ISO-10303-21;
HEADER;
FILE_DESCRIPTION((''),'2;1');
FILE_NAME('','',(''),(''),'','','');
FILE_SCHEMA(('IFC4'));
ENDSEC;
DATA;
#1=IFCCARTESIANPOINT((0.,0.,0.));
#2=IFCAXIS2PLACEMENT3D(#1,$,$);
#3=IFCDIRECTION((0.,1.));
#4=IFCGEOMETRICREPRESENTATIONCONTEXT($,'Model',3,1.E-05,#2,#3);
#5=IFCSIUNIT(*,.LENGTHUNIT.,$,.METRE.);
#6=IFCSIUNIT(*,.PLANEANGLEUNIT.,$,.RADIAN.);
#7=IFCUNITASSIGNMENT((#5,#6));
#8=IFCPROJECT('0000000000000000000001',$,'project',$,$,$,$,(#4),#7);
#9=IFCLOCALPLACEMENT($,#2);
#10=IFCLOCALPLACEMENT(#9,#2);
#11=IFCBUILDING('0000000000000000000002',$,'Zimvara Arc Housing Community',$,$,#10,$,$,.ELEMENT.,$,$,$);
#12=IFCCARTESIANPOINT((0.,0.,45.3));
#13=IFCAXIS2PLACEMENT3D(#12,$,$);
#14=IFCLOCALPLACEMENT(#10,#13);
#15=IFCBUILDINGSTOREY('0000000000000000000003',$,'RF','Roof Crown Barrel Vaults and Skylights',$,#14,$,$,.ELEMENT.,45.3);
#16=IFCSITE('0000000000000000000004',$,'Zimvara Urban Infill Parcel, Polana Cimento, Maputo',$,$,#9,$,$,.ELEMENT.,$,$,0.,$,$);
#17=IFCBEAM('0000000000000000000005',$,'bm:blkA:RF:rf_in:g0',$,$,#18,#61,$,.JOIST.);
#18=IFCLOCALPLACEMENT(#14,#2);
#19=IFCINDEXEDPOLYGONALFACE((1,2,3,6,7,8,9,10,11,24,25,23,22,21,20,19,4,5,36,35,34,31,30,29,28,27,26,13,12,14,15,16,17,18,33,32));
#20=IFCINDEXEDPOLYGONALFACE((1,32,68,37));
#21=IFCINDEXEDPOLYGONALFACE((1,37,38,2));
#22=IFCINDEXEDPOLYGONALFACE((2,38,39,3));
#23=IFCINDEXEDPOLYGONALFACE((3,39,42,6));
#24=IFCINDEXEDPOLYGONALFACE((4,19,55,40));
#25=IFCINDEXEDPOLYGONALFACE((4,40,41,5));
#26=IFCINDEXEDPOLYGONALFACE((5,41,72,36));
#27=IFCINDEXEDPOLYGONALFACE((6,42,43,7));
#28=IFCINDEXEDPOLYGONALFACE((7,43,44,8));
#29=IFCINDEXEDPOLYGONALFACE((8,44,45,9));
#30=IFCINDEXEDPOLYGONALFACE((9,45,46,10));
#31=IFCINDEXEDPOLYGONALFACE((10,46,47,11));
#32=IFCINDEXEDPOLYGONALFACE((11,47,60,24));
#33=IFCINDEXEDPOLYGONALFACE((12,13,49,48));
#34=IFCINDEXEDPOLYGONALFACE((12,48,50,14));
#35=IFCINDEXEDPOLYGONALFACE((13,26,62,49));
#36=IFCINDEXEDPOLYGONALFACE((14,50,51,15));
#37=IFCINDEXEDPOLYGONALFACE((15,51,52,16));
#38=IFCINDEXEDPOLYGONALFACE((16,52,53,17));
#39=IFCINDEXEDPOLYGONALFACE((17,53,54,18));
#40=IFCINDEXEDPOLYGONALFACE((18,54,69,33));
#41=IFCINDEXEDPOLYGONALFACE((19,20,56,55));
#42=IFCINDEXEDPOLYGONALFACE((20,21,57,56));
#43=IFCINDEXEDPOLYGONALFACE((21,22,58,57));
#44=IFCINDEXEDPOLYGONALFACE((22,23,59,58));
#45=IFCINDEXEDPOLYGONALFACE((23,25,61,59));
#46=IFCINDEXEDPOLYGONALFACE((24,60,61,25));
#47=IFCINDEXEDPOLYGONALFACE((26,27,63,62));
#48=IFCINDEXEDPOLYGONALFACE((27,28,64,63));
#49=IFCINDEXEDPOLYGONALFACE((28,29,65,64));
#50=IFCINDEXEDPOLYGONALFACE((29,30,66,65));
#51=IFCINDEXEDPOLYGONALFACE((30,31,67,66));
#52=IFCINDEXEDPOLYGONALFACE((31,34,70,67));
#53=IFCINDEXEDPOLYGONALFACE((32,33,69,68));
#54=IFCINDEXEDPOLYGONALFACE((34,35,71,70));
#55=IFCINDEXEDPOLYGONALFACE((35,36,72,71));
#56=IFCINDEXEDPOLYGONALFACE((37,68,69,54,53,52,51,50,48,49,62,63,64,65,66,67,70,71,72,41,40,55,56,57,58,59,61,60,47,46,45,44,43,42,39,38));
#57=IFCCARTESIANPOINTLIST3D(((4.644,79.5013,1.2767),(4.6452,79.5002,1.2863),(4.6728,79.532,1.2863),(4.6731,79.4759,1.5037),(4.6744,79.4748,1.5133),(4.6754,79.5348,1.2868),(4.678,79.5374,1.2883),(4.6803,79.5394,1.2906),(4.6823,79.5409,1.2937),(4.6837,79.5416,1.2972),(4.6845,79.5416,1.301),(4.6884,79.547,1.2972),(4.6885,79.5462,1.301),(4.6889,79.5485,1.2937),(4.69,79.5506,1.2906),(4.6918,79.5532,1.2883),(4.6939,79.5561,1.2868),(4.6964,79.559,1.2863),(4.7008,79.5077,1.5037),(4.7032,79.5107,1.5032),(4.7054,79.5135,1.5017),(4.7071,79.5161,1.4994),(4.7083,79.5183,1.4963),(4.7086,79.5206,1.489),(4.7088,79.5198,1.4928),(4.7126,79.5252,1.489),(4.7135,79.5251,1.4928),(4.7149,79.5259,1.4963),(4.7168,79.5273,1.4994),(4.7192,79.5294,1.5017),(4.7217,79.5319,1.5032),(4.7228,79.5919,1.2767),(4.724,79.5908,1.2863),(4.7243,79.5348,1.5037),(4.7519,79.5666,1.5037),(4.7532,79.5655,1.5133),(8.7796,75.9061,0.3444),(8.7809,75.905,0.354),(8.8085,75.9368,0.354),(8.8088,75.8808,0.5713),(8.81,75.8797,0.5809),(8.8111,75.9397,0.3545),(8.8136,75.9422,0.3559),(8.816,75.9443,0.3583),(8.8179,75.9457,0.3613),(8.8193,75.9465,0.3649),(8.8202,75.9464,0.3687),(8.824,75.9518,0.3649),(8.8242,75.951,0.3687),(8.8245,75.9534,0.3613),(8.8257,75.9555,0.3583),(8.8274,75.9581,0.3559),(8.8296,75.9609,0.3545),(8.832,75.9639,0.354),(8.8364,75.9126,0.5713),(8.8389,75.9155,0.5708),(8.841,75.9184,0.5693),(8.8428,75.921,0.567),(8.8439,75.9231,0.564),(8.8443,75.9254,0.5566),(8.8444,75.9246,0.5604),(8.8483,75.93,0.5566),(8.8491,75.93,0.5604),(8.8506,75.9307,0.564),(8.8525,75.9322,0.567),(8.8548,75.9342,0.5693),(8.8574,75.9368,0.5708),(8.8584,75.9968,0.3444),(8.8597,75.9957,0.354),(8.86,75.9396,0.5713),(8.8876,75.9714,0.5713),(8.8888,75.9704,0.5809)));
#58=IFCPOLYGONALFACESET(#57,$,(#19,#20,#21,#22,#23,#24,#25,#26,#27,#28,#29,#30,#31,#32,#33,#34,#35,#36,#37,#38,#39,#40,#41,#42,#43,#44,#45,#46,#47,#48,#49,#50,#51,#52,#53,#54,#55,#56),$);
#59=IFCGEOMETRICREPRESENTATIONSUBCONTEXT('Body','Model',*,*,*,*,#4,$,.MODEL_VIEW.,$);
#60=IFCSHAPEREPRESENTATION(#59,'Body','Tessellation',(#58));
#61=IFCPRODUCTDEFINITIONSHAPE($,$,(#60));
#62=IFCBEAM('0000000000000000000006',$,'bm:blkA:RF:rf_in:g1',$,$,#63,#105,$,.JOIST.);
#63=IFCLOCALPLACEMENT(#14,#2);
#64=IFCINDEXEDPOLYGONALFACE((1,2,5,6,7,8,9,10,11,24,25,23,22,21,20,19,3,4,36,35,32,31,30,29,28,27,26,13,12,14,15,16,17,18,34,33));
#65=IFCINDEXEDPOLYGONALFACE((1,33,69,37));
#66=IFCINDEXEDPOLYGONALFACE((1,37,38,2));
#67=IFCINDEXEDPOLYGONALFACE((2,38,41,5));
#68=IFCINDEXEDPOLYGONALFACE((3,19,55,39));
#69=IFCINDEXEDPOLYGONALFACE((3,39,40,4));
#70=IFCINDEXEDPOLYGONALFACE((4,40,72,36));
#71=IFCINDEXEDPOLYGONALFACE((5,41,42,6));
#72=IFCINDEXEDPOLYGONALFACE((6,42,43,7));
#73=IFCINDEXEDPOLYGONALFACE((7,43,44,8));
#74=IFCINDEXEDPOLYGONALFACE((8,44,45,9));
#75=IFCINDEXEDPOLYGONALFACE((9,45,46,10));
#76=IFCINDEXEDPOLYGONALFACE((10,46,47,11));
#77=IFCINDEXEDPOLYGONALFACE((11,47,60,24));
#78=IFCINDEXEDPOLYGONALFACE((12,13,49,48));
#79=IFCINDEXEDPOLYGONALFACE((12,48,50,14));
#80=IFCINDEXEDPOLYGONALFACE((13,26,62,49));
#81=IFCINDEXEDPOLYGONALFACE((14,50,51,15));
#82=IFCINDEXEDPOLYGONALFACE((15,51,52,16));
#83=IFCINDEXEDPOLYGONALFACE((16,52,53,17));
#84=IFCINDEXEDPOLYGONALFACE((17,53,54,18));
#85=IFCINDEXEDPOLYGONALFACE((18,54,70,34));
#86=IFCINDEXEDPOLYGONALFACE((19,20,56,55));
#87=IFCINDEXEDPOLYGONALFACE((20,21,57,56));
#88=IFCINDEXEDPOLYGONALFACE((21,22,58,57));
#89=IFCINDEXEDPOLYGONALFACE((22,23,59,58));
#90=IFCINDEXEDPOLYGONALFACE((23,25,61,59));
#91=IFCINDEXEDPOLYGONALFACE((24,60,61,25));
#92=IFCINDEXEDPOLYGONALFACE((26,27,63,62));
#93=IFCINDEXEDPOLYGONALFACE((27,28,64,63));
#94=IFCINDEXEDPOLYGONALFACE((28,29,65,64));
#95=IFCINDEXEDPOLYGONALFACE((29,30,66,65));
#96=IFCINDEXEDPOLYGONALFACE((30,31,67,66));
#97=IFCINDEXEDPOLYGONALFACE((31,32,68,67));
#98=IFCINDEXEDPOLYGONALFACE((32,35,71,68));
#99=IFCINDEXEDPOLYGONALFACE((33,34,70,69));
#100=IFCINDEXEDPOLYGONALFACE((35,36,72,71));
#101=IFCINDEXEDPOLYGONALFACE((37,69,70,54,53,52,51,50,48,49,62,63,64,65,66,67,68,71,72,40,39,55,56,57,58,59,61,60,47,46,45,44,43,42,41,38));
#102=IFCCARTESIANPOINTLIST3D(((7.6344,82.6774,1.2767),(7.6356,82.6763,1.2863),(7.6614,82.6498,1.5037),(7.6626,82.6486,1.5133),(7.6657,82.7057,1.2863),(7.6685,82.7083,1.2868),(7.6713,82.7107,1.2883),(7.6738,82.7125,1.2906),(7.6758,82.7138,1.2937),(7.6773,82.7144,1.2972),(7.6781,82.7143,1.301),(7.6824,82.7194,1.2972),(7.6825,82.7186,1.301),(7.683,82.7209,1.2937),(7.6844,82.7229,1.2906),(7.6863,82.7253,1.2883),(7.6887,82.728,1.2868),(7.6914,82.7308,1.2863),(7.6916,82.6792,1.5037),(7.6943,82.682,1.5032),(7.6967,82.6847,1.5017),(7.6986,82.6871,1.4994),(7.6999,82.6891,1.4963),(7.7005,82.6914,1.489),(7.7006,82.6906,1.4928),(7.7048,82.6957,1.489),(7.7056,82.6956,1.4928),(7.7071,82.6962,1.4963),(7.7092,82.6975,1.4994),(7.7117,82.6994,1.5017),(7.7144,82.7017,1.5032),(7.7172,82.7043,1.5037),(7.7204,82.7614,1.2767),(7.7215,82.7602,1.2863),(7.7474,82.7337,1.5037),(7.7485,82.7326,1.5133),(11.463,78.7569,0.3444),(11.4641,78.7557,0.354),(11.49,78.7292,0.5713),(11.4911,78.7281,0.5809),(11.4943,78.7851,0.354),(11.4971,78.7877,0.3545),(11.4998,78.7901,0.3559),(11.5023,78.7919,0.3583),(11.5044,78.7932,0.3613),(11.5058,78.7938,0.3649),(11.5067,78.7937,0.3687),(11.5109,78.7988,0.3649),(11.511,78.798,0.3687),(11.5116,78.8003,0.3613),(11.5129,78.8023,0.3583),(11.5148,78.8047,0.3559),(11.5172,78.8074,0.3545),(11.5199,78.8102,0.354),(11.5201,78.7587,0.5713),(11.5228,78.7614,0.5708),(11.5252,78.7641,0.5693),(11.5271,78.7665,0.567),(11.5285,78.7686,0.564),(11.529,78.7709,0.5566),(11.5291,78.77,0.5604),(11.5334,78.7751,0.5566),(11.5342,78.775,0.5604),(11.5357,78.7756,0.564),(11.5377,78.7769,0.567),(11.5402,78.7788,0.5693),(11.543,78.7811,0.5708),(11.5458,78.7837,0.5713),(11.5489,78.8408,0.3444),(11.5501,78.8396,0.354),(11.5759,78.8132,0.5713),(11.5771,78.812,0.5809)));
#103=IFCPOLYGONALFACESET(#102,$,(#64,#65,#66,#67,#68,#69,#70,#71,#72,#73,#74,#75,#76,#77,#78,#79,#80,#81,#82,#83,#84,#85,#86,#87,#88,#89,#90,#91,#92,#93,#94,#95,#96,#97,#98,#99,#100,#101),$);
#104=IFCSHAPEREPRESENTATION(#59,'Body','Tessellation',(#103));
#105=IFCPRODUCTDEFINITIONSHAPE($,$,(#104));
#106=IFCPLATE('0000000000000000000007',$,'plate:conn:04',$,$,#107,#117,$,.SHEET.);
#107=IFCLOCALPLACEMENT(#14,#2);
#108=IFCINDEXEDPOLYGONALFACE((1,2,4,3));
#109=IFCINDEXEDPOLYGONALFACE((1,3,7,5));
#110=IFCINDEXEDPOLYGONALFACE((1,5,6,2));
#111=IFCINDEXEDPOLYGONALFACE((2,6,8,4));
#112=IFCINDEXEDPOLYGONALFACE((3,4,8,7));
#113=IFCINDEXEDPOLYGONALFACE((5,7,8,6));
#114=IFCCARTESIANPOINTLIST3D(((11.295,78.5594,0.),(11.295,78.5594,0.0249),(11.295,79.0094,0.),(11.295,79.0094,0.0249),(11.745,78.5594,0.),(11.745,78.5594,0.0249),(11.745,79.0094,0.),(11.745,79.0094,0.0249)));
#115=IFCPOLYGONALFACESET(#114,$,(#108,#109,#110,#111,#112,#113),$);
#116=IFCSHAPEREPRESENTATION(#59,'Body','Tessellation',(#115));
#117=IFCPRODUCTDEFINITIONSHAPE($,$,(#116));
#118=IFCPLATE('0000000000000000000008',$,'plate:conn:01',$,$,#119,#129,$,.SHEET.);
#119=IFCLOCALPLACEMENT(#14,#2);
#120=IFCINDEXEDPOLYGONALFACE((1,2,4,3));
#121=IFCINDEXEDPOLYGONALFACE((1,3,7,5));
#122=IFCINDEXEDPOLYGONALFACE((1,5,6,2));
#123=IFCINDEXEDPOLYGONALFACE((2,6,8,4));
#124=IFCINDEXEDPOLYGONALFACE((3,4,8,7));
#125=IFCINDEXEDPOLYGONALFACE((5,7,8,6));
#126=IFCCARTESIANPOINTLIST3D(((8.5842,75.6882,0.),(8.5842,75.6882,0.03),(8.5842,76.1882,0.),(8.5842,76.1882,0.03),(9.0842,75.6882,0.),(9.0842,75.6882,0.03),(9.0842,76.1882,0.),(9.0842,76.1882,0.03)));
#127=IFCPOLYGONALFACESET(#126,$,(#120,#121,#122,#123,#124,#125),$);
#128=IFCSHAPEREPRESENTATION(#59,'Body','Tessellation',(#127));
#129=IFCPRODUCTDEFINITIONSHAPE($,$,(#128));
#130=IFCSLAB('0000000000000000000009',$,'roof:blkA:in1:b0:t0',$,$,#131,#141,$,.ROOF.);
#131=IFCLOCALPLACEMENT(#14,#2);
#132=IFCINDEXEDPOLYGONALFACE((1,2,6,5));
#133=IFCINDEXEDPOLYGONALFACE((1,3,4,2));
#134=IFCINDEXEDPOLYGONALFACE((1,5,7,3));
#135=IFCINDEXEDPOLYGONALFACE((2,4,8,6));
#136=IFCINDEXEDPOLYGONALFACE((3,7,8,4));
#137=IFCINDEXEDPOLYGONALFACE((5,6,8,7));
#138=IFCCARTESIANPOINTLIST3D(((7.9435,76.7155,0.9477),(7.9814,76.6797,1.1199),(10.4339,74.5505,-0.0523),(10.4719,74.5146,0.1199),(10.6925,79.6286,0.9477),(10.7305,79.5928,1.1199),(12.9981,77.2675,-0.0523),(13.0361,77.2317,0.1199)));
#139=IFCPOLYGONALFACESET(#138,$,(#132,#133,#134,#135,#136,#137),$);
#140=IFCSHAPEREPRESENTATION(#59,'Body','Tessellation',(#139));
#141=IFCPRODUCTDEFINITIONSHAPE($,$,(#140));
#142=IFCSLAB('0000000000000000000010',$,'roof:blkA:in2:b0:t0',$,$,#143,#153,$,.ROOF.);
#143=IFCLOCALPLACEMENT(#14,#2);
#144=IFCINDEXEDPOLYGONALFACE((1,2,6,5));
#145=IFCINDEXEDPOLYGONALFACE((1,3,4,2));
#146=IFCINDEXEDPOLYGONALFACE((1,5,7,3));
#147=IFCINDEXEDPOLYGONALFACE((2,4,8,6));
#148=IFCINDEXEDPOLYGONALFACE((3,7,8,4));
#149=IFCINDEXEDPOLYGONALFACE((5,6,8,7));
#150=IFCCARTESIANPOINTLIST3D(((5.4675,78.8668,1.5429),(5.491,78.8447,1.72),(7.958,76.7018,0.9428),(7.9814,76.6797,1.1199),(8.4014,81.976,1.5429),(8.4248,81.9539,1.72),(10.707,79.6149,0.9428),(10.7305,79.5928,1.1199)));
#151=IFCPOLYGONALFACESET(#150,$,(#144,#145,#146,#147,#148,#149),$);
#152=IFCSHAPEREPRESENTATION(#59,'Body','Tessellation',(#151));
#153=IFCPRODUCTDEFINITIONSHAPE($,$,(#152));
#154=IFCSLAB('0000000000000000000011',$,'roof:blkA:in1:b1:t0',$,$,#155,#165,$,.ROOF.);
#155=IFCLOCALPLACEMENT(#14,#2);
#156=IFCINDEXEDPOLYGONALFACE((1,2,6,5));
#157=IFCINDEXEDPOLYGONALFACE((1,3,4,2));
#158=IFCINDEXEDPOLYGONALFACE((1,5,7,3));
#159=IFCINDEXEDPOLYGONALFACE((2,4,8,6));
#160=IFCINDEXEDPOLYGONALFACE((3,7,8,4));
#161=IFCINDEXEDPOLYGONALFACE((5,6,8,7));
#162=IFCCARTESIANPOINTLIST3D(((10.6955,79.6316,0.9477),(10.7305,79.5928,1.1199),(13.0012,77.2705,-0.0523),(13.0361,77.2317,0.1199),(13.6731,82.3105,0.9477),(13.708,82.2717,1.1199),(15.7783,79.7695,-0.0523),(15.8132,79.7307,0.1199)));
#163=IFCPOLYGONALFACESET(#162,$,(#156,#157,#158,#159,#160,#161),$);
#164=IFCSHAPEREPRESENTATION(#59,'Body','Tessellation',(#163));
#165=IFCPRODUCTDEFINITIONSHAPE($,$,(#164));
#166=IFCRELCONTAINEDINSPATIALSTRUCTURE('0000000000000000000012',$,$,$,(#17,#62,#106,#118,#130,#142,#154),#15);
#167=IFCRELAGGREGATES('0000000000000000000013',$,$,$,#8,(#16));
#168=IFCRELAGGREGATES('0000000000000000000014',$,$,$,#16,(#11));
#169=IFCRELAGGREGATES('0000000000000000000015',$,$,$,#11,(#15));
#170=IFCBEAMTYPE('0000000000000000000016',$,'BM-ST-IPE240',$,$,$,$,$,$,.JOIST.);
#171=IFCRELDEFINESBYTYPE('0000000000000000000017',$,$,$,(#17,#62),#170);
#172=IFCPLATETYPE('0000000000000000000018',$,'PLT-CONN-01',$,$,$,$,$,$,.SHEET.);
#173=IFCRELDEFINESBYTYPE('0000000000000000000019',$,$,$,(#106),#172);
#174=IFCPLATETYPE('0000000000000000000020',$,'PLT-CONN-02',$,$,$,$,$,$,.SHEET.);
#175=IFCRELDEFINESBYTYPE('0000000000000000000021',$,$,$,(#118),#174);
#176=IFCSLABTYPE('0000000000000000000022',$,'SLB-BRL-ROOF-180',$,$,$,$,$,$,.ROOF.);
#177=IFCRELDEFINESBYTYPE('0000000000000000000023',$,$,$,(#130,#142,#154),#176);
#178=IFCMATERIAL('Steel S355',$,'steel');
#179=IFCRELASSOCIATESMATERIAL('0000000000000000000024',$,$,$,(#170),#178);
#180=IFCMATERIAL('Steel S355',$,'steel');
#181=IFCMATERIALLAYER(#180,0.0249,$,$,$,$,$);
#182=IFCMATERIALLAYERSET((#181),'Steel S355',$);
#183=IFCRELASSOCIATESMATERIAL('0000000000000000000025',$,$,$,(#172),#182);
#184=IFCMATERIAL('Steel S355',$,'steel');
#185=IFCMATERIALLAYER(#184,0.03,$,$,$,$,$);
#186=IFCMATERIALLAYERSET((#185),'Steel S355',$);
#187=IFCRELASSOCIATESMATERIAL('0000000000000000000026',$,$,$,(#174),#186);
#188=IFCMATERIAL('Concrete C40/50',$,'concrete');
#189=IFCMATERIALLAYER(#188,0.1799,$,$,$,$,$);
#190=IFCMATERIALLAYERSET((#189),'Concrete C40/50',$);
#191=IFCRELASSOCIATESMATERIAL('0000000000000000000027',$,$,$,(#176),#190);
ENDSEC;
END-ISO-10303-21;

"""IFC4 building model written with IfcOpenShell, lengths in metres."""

from ifc_helpers import new_model, si_unit, direction, frame, origin, origin_2d, place, context, subcontext, project, spatial, polyline, rectangle, i_section, outline, extrude, material, layer, layer_set, material_profile, profile_set, type_object, element, save


model = new_model("IFC4")

# Units and contexts
model_context = context("Model", 3, precision=1e-05, world=origin(), true_north=direction((0.0, 1.0)))
body_context = subcontext(model_context, "Body", "Model", "MODEL_VIEW")
ifc_project = project(units=[si_unit("LENGTHUNIT", "METRE"), si_unit("PLANEANGLEUNIT", "RADIAN")], contexts=[model_context])

# Site, building, storey
site_placement = place(None, origin())
site = spatial("IfcSite", under=ifc_project, at=site_placement, Name="Zimvara Urban Infill Parcel, Polana Cimento, Maputo", CompositionType="ELEMENT", RefElevation=0.0)
building_placement = place(site_placement, origin())
building = spatial("IfcBuilding", under=site, at=building_placement, Name="Zimvara Arc Housing Community", CompositionType="ELEMENT")
storey_placement = place(building_placement, frame((0.0, 0.0, 45.3)))
storey = spatial("IfcBuildingStorey", under=building, at=storey_placement, Name="RF", Description="Roof Crown Barrel Vaults and Skylights", CompositionType="ELEMENT", Elevation=45.3)

# Beams
ifc_material_1 = material(Name="Steel S355", Category="steel")
ifc_material_profile_1 = material_profile(ifc_material_1, i_section(OverallWidth=0.1201, OverallDepth=0.24, WebThickness=0.0061, FlangeThickness=0.0098, FilletRadius=0.0149, at=origin_2d()), Name="IPE 240")
ifc_profile_set_1 = profile_set([ifc_material_profile_1], Name="Steel S355")
beam_type_1 = type_object("IfcBeamType", Name="BM-ST-IPE240", PredefinedType="JOIST", material=ifc_profile_set_1)
for number, where, z_axis, x_axis, name in (
    (1, (8.8342, 75.9382, 0.4626), (-0.744011, 0.646771, 0.167732), (-0.656066, -0.754703, 0.0), "bm:blkA:RF:rf_in:g0"),
    (2, (11.52, 78.7844, 0.4626), (-0.688761, 0.705319, 0.167732), (-0.715455, -0.698659, 0.0), "bm:blkA:RF:rf_in:g1"),
):
    element("IfcBeam", number, at=place(storey_placement, frame(where, z_axis=z_axis, x_axis=x_axis)), inside=storey, type_object=beam_type_1, Name=name, PredefinedType="JOIST", context=body_context, shape_type="SweptSolid", body=[
        extrude(i_section(OverallWidth=0.1201, OverallDepth=0.24, WebThickness=0.0061, FlangeThickness=0.0098, FilletRadius=0.0149, at=origin_2d()), origin(), (0.0, 0.0, 1.0), 5.5586),
    ])

# Plates
ifc_material_2 = material(Name="Steel S355", Category="steel")
ifc_layer_1 = layer(ifc_material_2, 0.0249)
ifc_layer_set_1 = layer_set([ifc_layer_1], Name="Steel S355")
plate_type_1 = type_object("IfcPlateType", Name="PLT-CONN-01", PredefinedType="SHEET", material=ifc_layer_set_1)
plate_1_placement = place(storey_placement, frame((11.52, 78.7844, 0.0), z_axis=(0.0, 0.0, 1.0), x_axis=(1.0, 0.0, 0.0)))
element("IfcPlate", 3, at=plate_1_placement, inside=storey, type_object=plate_type_1, Name="plate:conn:04", PredefinedType="SHEET", context=body_context, shape_type="SweptSolid", body=[
    extrude(rectangle(XDim=0.45, YDim=0.45, at=origin_2d()), origin(), (0.0, 0.0, 1.0), 0.0249),
])
ifc_material_3 = material(Name="Steel S355", Category="steel")
ifc_layer_2 = layer(ifc_material_3, 0.03)
ifc_layer_set_2 = layer_set([ifc_layer_2], Name="Steel S355")
plate_type_2 = type_object("IfcPlateType", Name="PLT-CONN-02", PredefinedType="SHEET", material=ifc_layer_set_2)
plate_2_placement = place(storey_placement, frame((8.8342, 75.9382, 0.0), z_axis=(0.0, 0.0, 1.0), x_axis=(1.0, 0.0, 0.0)))
element("IfcPlate", 4, at=plate_2_placement, inside=storey, type_object=plate_type_2, Name="plate:conn:01", PredefinedType="SHEET", context=body_context, shape_type="SweptSolid", body=[
    extrude(rectangle(XDim=0.5, YDim=0.5, at=origin_2d()), origin(), (0.0, 0.0, 1.0), 0.03),
])

# Slabs
ifc_material_4 = material(Name="Concrete C40/50", Category="concrete")
ifc_layer_3 = layer(ifc_material_4, 0.1799)
ifc_layer_set_3 = layer_set([ifc_layer_3], Name="Concrete C40/50")
slab_type_1 = type_object("IfcSlabType", Name="SLB-BRL-ROOF-180", PredefinedType="ROOF", material=ifc_layer_set_3)
slab_1_placement = place(storey_placement, frame((10.4719, 74.5146, 0.1199), z_axis=(0.211074, -0.199194, 0.956958), x_axis=(0.686356, 0.727266, -0.000005)))
element("IfcSlab", 5, at=slab_1_placement, inside=storey, type_object=slab_type_1, Name="roof:blkA:in1:b0:t0", PredefinedType="ROOF", context=body_context, shape_type="SweptSolid", body=[
    extrude(outline(polyline([(0.0, 0.0), (3.736, 0.0), (3.8706, 3.4457), (-0.1348, 3.4455), (0.0, 0.0)])), origin(), (0.0, 0.0, -1.0), 0.1799),
])
slab_2_placement = place(storey_placement, frame((7.9814, 76.6797, 1.1199), z_axis=(0.130227, -0.122889, 0.983839), x_axis=(0.68633, 0.727291, -0.000003)))
element("IfcSlab", 6, at=slab_2_placement, inside=storey, type_object=slab_type_1, Name="roof:blkA:in2:b0:t0", PredefinedType="ROOF", context=body_context, shape_type="SweptSolid", body=[
    extrude(outline(polyline([(0.0, 0.0), (4.0054, 0.0), (4.1401, 3.3515), (-0.1347, 3.3514), (0.0, 0.0)])), origin(), (0.0, 0.0, -1.0), 0.1799),
])
slab_3_placement = place(storey_placement, frame((13.0361, 77.2317, 0.1199), z_axis=(0.19413, -0.21575, 0.956956), x_axis=(0.743345, 0.668908, 0.000012)))
element("IfcSlab", 7, at=slab_3_placement, inside=storey, type_object=slab_type_1, Name="roof:blkA:in1:b1:t0", PredefinedType="ROOF", context=body_context, shape_type="SweptSolid", body=[
    extrude(outline(polyline([(0.0, 0.0), (3.736, 0.0), (3.8708, 3.4454), (-0.1345, 3.4457), (0.0, 0.0)])), origin(), (0.0, 0.0, -1.0), 0.1799),
])

save(model, "model.ifc")
